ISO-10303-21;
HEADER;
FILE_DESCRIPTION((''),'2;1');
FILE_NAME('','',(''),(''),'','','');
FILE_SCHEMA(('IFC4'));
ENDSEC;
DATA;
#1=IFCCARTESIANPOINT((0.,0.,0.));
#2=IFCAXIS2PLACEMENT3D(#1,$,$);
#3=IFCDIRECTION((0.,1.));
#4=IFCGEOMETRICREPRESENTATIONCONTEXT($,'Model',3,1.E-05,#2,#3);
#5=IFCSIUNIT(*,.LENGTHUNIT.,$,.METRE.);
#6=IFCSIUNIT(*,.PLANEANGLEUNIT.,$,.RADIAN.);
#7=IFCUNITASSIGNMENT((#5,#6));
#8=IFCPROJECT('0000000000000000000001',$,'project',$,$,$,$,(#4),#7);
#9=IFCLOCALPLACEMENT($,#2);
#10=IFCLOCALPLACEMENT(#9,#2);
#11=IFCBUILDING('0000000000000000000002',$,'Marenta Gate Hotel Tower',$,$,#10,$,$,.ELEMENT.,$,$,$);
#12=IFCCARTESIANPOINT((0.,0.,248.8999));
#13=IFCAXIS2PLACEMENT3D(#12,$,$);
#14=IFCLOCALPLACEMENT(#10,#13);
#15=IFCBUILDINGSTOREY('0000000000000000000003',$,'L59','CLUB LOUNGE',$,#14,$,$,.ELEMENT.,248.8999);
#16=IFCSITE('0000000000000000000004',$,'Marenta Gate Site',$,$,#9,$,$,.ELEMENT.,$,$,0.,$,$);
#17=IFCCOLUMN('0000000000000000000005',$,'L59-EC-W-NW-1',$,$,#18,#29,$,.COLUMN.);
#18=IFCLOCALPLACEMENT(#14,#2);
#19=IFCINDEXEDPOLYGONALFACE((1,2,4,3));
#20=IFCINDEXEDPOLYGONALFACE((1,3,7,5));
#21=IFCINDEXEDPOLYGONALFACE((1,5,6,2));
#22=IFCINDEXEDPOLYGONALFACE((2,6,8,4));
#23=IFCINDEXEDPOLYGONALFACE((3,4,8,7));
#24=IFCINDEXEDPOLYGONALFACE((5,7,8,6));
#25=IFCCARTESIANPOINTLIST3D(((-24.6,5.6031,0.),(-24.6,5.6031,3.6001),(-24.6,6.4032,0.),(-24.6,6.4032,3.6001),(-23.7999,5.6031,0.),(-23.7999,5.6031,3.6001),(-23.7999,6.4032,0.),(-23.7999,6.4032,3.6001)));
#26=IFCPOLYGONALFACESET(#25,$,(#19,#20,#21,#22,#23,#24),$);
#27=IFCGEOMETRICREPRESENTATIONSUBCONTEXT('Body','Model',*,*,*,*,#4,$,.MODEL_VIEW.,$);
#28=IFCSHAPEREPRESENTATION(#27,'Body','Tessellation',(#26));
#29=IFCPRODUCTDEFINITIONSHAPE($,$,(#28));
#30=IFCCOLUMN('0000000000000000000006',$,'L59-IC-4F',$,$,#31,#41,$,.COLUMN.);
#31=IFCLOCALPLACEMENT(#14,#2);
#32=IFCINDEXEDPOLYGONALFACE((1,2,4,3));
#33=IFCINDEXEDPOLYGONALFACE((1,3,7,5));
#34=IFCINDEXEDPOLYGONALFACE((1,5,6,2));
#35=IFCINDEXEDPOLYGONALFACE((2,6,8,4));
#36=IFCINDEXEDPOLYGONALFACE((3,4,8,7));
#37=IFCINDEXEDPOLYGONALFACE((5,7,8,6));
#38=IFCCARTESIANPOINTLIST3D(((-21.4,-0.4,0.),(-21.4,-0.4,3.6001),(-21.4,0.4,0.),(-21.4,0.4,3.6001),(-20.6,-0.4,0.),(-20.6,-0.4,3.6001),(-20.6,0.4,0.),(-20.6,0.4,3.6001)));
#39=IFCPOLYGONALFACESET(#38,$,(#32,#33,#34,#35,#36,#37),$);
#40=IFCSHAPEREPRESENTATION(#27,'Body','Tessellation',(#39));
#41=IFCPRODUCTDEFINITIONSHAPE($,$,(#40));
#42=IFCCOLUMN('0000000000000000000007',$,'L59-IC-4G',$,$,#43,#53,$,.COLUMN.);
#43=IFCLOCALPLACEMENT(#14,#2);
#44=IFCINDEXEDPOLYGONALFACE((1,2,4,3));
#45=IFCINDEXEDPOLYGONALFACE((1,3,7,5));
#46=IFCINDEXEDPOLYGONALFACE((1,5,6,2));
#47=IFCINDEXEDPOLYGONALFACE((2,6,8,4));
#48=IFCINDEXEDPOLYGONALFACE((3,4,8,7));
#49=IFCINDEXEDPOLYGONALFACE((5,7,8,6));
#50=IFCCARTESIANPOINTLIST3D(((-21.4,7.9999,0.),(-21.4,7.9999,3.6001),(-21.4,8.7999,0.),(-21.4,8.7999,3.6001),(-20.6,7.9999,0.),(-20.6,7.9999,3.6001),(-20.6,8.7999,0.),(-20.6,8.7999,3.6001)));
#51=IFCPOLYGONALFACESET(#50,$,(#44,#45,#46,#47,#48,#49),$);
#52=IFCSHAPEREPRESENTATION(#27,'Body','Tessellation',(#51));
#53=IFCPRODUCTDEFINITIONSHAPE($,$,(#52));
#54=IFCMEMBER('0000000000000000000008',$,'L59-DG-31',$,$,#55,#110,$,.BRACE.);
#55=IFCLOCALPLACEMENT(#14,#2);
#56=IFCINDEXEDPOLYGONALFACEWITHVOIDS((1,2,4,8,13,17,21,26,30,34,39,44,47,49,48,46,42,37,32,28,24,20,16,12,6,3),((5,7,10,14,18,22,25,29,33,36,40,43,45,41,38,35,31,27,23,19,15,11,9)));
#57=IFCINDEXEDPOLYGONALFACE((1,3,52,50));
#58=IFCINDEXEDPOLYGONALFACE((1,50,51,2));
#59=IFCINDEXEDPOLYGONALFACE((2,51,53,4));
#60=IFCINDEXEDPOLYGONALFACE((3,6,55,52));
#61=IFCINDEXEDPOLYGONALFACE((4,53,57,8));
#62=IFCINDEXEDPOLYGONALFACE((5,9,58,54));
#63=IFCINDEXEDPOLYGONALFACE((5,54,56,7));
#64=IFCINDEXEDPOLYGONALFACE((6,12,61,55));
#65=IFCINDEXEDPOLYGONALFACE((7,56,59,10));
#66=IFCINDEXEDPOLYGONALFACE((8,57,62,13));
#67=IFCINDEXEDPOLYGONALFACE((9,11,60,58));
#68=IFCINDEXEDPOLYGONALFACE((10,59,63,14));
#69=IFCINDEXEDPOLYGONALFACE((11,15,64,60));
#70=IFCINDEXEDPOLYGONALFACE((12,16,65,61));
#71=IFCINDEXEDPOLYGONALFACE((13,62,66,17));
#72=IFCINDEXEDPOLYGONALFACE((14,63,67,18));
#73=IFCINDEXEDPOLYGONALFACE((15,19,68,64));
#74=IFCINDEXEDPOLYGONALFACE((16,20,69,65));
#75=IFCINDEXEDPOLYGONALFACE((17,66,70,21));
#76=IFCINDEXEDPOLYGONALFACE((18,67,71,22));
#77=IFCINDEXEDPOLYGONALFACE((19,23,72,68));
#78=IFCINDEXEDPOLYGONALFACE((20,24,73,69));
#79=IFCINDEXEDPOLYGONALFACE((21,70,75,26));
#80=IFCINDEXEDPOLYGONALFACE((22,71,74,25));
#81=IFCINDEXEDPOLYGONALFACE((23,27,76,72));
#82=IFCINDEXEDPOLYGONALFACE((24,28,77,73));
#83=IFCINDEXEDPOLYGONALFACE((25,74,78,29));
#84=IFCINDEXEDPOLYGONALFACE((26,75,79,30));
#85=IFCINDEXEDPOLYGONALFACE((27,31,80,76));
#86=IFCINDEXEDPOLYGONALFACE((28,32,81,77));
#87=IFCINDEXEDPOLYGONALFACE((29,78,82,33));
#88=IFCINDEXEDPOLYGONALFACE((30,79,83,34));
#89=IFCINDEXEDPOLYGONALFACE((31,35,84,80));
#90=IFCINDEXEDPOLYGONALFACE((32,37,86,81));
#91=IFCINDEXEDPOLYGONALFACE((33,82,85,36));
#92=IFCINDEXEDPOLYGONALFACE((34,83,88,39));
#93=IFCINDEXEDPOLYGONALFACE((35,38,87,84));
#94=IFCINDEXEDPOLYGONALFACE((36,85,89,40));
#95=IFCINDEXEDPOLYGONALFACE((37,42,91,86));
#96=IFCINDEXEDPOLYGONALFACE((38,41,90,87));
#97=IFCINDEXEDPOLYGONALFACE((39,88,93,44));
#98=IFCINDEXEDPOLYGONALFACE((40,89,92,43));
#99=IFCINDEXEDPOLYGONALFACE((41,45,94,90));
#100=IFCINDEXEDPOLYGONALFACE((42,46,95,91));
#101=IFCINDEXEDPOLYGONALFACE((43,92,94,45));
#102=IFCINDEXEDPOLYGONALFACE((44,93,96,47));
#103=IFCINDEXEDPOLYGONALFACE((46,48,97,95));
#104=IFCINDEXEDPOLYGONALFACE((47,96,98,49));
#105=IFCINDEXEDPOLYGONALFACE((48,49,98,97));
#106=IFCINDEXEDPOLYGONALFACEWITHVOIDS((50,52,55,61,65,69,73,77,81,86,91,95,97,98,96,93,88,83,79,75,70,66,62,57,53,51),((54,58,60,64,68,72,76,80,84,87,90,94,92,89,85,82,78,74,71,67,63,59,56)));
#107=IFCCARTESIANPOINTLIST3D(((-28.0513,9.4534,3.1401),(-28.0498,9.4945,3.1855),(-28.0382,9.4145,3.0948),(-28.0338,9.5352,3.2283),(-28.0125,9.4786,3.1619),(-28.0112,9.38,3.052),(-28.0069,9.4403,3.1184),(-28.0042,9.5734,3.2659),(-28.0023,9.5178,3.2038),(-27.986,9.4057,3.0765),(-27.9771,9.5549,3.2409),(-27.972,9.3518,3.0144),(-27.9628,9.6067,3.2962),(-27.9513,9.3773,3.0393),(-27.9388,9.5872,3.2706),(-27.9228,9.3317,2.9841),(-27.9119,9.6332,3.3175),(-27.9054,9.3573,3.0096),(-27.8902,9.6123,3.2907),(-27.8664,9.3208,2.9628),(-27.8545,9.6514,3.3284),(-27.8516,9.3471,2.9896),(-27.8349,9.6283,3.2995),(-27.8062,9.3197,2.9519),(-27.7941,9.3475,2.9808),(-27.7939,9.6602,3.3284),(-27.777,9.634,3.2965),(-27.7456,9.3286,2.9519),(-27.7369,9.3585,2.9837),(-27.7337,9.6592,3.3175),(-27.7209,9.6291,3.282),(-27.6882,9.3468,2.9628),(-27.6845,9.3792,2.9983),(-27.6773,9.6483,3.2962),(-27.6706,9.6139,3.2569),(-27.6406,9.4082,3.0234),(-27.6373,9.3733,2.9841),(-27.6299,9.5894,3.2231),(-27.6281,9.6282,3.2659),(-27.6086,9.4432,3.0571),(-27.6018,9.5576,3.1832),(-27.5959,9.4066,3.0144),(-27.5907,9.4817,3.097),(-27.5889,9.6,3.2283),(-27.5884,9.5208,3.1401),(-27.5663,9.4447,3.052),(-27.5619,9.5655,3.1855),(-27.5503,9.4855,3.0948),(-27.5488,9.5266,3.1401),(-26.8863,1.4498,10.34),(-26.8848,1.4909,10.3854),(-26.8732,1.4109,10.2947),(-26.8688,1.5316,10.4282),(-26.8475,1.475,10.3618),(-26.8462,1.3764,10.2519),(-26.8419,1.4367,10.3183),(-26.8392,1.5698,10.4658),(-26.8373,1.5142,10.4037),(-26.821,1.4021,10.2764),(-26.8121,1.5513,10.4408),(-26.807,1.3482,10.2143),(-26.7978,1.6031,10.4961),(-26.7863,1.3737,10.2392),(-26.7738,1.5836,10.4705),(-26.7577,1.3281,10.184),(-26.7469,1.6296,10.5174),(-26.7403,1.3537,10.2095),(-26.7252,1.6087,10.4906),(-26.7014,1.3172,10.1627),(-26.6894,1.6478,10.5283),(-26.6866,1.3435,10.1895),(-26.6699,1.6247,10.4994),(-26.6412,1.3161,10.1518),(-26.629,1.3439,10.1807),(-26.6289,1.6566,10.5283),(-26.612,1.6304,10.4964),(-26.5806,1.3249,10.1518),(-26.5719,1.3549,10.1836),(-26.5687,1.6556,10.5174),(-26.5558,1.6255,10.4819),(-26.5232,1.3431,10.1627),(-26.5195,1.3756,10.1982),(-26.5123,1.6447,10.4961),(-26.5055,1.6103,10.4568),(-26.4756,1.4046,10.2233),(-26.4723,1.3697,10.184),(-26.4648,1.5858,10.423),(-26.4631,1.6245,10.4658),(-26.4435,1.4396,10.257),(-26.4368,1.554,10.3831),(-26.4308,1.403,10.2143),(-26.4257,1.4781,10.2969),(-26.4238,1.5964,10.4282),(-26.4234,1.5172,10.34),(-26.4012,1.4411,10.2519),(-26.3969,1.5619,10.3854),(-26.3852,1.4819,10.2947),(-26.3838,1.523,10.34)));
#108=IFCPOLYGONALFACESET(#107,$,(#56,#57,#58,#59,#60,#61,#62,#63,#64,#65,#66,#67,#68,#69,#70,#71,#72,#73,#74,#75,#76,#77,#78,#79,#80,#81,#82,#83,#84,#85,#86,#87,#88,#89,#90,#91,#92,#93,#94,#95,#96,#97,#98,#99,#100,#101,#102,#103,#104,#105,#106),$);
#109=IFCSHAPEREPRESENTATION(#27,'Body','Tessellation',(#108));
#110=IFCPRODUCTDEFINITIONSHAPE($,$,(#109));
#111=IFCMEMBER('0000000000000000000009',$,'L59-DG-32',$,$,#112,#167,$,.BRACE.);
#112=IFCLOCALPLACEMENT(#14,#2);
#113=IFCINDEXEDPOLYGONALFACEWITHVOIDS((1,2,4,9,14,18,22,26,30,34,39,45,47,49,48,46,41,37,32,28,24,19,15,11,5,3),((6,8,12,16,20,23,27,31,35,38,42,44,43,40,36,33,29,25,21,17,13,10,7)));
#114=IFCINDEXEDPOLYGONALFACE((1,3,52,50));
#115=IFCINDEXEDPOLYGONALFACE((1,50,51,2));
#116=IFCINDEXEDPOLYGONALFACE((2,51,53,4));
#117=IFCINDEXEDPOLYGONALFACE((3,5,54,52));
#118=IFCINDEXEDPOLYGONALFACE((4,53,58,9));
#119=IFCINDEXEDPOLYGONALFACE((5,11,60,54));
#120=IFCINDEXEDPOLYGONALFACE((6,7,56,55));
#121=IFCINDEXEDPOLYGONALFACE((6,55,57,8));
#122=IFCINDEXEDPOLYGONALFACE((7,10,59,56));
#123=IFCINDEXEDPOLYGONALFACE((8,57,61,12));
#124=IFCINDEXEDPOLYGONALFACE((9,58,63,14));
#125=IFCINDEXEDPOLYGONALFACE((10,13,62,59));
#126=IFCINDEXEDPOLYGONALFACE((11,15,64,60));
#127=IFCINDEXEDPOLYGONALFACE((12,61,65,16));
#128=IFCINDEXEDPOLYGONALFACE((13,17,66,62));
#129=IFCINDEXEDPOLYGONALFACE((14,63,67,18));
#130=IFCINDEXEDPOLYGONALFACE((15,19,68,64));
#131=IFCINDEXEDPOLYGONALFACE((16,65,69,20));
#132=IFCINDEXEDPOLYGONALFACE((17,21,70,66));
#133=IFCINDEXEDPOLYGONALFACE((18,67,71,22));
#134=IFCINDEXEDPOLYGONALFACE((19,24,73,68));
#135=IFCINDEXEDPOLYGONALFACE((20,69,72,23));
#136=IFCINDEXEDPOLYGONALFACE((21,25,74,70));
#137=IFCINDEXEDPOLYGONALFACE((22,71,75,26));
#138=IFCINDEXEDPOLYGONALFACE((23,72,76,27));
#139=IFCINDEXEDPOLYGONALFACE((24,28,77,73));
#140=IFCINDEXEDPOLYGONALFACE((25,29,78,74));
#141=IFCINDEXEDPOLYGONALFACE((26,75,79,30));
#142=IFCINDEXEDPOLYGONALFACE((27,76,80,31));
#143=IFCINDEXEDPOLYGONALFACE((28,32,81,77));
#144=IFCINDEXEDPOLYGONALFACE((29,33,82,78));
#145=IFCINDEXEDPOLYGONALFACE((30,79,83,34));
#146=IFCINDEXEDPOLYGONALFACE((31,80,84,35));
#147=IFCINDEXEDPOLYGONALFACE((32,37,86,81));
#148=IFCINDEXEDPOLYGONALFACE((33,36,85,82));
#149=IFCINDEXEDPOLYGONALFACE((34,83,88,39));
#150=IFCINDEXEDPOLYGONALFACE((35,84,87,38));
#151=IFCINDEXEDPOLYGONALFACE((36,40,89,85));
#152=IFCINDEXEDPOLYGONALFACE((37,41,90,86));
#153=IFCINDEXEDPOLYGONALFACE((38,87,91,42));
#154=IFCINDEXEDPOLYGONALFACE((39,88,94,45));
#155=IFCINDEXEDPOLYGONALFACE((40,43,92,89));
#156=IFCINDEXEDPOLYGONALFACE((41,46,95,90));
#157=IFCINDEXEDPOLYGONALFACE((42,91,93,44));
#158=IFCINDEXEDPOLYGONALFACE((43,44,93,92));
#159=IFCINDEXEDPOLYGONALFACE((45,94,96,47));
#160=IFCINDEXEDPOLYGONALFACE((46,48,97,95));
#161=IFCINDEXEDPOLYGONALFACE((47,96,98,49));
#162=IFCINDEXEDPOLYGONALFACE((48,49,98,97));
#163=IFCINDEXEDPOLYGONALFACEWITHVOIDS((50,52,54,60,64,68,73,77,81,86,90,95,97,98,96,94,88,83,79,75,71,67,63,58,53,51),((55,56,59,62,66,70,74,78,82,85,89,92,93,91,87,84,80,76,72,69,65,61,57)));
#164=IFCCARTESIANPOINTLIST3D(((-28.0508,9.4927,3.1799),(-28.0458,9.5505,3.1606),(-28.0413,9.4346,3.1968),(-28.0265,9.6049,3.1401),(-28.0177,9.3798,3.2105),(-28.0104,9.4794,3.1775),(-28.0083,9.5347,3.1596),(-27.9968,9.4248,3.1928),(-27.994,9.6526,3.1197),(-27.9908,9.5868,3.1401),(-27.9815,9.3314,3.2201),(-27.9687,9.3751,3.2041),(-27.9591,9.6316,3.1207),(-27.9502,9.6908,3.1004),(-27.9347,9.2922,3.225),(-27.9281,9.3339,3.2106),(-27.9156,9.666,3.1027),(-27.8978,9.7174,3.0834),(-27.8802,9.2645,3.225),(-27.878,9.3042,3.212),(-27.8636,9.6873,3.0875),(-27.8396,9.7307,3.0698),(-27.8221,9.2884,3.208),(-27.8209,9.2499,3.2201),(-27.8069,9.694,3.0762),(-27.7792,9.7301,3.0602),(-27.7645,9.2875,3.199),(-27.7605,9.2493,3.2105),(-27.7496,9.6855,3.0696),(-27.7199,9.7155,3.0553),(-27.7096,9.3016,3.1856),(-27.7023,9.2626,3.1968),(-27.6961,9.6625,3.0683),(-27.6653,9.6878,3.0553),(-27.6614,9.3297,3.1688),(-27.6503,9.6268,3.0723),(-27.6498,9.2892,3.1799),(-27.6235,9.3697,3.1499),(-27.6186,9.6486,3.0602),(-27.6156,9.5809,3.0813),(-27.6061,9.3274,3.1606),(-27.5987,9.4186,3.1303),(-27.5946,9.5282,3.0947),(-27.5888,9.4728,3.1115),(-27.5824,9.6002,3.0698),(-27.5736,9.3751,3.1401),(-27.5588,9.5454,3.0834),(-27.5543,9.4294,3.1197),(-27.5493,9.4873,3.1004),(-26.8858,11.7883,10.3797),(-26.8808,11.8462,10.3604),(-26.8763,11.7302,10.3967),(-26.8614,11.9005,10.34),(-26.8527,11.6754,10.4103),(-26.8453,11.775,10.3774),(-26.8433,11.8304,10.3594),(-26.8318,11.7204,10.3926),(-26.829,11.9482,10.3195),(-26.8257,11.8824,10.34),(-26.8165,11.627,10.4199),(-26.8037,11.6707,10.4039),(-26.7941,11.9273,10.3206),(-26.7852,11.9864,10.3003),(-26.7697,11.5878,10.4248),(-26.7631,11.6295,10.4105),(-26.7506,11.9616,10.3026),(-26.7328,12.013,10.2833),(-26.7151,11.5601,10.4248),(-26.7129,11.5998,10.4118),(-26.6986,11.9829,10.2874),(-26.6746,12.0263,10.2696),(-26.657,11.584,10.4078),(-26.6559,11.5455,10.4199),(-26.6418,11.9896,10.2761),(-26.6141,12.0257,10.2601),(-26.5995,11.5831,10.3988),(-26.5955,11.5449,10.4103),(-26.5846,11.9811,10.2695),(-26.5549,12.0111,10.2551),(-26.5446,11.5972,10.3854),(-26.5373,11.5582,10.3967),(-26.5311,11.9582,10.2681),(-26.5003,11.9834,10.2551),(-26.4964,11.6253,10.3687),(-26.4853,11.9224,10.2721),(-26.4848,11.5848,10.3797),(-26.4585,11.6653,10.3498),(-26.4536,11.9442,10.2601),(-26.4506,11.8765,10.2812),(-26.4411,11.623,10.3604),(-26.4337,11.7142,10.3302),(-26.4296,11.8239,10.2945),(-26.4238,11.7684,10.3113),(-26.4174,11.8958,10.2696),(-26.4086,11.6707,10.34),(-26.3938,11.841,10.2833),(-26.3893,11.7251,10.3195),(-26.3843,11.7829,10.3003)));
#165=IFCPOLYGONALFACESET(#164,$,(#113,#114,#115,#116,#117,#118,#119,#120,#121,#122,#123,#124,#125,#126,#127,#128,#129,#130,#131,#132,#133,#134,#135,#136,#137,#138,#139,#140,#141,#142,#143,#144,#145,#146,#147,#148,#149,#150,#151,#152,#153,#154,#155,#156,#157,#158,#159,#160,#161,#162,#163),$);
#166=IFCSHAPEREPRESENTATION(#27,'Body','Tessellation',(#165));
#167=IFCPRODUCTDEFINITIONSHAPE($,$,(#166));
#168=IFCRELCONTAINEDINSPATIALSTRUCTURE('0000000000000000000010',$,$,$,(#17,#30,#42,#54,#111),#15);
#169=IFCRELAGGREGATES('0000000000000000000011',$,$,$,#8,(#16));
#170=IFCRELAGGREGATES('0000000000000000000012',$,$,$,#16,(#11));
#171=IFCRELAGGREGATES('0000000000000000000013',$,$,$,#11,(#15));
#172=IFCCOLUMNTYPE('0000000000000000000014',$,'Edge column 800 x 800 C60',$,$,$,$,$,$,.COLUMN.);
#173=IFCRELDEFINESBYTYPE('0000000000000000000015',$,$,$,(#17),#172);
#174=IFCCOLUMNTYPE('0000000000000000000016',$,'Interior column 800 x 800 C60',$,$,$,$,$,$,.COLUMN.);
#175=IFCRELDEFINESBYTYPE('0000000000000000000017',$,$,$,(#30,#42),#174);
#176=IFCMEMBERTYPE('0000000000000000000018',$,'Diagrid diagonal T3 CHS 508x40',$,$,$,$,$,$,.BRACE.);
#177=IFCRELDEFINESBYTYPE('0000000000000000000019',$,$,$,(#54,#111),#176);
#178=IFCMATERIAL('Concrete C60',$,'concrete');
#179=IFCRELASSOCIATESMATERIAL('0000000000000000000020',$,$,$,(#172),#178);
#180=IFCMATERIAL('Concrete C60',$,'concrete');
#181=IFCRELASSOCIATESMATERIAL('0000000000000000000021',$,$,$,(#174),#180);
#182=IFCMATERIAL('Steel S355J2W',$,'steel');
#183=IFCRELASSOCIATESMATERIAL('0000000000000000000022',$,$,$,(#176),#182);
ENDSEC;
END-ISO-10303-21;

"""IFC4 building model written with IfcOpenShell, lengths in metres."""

from ifc_helpers import new_model, si_unit, direction, frame, origin, origin_2d, place, context, subcontext, project, spatial, rectangle, hollow_circle, extrude, material, material_profile, profile_set, type_object, element, save


model = new_model("IFC4")

# Units and contexts
model_context = context("Model", 3, precision=1e-05, world=origin(), true_north=direction((0.0, 1.0)))
body_context = subcontext(model_context, "Body", "Model", "MODEL_VIEW")
ifc_project = project(units=[si_unit("LENGTHUNIT", "METRE"), si_unit("PLANEANGLEUNIT", "RADIAN")], contexts=[model_context])

# Site, building, storey
site_placement = place(None, origin())
site = spatial("IfcSite", under=ifc_project, at=site_placement, Name="Marenta Gate Site", CompositionType="ELEMENT", RefElevation=0.0)
building_placement = place(site_placement, origin())
building = spatial("IfcBuilding", under=site, at=building_placement, Name="Marenta Gate Hotel Tower", CompositionType="ELEMENT")
storey_placement = place(building_placement, frame((0.0, 0.0, 248.8999)))
storey = spatial("IfcBuildingStorey", under=building, at=storey_placement, Name="L59", Description="CLUB LOUNGE", CompositionType="ELEMENT", Elevation=248.8999)

# Columns
ifc_material_1 = material(Name="Concrete C60", Category="concrete")
ifc_material_profile_1 = material_profile(ifc_material_1, rectangle(XDim=0.8, YDim=0.8, at=origin_2d()), Name="800 x 800")
ifc_profile_set_1 = profile_set([ifc_material_profile_1], Name="Concrete C60")
column_type_1 = type_object("IfcColumnType", Name="Edge column 800 x 800 C60", PredefinedType="COLUMN", material=ifc_profile_set_1)
column_placement = place(storey_placement, frame((-24.2, 6.0032, 0.0), z_axis=(0.0, 0.0, 1.0), x_axis=(1.0, 0.0, 0.0)))
element("IfcColumn", 1, at=column_placement, inside=storey, type_object=column_type_1, Name="L59-EC-W-NW-1", PredefinedType="COLUMN", context=body_context, shape_type="SweptSolid", body=[
    extrude(rectangle(XDim=0.8, YDim=0.8, at=origin_2d()), origin(), (0.0, 0.0, 1.0), 3.6001),
])
ifc_material_2 = material(Name="Concrete C60", Category="concrete")
ifc_material_profile_2 = material_profile(ifc_material_2, rectangle(XDim=0.8, YDim=0.8, at=origin_2d()), Name="800 x 800")
ifc_profile_set_2 = profile_set([ifc_material_profile_2], Name="Concrete C60")
column_type_2 = type_object("IfcColumnType", Name="Interior column 800 x 800 C60", PredefinedType="COLUMN", material=ifc_profile_set_2)
for number, where, z_axis, x_axis, name in (
    (2, (-21.0, 0.0, 0.0), (0.0, 0.0, 1.0), (1.0, 0.0, 0.0), "L59-IC-4F"),
    (3, (-21.0, 8.3999, 0.0), (0.0, 0.0, 1.0), (1.0, 0.0, 0.0), "L59-IC-4G"),
):
    element("IfcColumn", number, at=place(storey_placement, frame(where, z_axis=z_axis, x_axis=x_axis)), inside=storey, type_object=column_type_2, Name=name, PredefinedType="COLUMN", context=body_context, shape_type="SweptSolid", body=[
        extrude(rectangle(XDim=0.8, YDim=0.8, at=origin_2d()), origin(), (0.0, 0.0, 1.0), 3.6001),
    ])

# Members
ifc_material_3 = material(Name="Steel S355J2W", Category="steel")
ifc_material_profile_3 = material_profile(ifc_material_3, hollow_circle(Radius=0.2539, WallThickness=0.04, at=origin_2d()), Name="CHS 508x40")
ifc_profile_set_3 = profile_set([ifc_material_profile_3], Name="Steel S355J2W")
member_type_1 = type_object("IfcMemberType", Name="Diagrid diagonal T3 CHS 508x40", PredefinedType="BRACE", material=ifc_profile_set_3)
member_1_placement = place(storey_placement, frame((-27.8, 9.49, 3.1401), z_axis=(0.107591, -0.739133, 0.664911), x_axis=(0.989571, 0.144045, 0.0)))
element("IfcMember", 4, at=member_1_placement, inside=storey, type_object=member_type_1, Name="L59-DG-31", PredefinedType="BRACE", context=body_context, shape_type="SweptSolid", body=[
    extrude(hollow_circle(Radius=0.2539, WallThickness=0.04, at=origin_2d()), origin(), (0.0, 0.0, 1.0), 10.8284),
])
member_2_placement = place(storey_placement, frame((-27.8, 9.49, 3.1401), z_axis=(0.152365, 0.300229, 0.94162), x_axis=(-0.891737, 0.452554, 0.0)))
element("IfcMember", 5, at=member_2_placement, inside=storey, type_object=member_type_1, Name="L59-DG-32", PredefinedType="BRACE", context=body_context, shape_type="SweptSolid", body=[
    extrude(hollow_circle(Radius=0.2539, WallThickness=0.04, at=origin_2d()), origin(), (0.0, 0.0, 1.0), 7.6462),
])

save(model, "model.ifc")
